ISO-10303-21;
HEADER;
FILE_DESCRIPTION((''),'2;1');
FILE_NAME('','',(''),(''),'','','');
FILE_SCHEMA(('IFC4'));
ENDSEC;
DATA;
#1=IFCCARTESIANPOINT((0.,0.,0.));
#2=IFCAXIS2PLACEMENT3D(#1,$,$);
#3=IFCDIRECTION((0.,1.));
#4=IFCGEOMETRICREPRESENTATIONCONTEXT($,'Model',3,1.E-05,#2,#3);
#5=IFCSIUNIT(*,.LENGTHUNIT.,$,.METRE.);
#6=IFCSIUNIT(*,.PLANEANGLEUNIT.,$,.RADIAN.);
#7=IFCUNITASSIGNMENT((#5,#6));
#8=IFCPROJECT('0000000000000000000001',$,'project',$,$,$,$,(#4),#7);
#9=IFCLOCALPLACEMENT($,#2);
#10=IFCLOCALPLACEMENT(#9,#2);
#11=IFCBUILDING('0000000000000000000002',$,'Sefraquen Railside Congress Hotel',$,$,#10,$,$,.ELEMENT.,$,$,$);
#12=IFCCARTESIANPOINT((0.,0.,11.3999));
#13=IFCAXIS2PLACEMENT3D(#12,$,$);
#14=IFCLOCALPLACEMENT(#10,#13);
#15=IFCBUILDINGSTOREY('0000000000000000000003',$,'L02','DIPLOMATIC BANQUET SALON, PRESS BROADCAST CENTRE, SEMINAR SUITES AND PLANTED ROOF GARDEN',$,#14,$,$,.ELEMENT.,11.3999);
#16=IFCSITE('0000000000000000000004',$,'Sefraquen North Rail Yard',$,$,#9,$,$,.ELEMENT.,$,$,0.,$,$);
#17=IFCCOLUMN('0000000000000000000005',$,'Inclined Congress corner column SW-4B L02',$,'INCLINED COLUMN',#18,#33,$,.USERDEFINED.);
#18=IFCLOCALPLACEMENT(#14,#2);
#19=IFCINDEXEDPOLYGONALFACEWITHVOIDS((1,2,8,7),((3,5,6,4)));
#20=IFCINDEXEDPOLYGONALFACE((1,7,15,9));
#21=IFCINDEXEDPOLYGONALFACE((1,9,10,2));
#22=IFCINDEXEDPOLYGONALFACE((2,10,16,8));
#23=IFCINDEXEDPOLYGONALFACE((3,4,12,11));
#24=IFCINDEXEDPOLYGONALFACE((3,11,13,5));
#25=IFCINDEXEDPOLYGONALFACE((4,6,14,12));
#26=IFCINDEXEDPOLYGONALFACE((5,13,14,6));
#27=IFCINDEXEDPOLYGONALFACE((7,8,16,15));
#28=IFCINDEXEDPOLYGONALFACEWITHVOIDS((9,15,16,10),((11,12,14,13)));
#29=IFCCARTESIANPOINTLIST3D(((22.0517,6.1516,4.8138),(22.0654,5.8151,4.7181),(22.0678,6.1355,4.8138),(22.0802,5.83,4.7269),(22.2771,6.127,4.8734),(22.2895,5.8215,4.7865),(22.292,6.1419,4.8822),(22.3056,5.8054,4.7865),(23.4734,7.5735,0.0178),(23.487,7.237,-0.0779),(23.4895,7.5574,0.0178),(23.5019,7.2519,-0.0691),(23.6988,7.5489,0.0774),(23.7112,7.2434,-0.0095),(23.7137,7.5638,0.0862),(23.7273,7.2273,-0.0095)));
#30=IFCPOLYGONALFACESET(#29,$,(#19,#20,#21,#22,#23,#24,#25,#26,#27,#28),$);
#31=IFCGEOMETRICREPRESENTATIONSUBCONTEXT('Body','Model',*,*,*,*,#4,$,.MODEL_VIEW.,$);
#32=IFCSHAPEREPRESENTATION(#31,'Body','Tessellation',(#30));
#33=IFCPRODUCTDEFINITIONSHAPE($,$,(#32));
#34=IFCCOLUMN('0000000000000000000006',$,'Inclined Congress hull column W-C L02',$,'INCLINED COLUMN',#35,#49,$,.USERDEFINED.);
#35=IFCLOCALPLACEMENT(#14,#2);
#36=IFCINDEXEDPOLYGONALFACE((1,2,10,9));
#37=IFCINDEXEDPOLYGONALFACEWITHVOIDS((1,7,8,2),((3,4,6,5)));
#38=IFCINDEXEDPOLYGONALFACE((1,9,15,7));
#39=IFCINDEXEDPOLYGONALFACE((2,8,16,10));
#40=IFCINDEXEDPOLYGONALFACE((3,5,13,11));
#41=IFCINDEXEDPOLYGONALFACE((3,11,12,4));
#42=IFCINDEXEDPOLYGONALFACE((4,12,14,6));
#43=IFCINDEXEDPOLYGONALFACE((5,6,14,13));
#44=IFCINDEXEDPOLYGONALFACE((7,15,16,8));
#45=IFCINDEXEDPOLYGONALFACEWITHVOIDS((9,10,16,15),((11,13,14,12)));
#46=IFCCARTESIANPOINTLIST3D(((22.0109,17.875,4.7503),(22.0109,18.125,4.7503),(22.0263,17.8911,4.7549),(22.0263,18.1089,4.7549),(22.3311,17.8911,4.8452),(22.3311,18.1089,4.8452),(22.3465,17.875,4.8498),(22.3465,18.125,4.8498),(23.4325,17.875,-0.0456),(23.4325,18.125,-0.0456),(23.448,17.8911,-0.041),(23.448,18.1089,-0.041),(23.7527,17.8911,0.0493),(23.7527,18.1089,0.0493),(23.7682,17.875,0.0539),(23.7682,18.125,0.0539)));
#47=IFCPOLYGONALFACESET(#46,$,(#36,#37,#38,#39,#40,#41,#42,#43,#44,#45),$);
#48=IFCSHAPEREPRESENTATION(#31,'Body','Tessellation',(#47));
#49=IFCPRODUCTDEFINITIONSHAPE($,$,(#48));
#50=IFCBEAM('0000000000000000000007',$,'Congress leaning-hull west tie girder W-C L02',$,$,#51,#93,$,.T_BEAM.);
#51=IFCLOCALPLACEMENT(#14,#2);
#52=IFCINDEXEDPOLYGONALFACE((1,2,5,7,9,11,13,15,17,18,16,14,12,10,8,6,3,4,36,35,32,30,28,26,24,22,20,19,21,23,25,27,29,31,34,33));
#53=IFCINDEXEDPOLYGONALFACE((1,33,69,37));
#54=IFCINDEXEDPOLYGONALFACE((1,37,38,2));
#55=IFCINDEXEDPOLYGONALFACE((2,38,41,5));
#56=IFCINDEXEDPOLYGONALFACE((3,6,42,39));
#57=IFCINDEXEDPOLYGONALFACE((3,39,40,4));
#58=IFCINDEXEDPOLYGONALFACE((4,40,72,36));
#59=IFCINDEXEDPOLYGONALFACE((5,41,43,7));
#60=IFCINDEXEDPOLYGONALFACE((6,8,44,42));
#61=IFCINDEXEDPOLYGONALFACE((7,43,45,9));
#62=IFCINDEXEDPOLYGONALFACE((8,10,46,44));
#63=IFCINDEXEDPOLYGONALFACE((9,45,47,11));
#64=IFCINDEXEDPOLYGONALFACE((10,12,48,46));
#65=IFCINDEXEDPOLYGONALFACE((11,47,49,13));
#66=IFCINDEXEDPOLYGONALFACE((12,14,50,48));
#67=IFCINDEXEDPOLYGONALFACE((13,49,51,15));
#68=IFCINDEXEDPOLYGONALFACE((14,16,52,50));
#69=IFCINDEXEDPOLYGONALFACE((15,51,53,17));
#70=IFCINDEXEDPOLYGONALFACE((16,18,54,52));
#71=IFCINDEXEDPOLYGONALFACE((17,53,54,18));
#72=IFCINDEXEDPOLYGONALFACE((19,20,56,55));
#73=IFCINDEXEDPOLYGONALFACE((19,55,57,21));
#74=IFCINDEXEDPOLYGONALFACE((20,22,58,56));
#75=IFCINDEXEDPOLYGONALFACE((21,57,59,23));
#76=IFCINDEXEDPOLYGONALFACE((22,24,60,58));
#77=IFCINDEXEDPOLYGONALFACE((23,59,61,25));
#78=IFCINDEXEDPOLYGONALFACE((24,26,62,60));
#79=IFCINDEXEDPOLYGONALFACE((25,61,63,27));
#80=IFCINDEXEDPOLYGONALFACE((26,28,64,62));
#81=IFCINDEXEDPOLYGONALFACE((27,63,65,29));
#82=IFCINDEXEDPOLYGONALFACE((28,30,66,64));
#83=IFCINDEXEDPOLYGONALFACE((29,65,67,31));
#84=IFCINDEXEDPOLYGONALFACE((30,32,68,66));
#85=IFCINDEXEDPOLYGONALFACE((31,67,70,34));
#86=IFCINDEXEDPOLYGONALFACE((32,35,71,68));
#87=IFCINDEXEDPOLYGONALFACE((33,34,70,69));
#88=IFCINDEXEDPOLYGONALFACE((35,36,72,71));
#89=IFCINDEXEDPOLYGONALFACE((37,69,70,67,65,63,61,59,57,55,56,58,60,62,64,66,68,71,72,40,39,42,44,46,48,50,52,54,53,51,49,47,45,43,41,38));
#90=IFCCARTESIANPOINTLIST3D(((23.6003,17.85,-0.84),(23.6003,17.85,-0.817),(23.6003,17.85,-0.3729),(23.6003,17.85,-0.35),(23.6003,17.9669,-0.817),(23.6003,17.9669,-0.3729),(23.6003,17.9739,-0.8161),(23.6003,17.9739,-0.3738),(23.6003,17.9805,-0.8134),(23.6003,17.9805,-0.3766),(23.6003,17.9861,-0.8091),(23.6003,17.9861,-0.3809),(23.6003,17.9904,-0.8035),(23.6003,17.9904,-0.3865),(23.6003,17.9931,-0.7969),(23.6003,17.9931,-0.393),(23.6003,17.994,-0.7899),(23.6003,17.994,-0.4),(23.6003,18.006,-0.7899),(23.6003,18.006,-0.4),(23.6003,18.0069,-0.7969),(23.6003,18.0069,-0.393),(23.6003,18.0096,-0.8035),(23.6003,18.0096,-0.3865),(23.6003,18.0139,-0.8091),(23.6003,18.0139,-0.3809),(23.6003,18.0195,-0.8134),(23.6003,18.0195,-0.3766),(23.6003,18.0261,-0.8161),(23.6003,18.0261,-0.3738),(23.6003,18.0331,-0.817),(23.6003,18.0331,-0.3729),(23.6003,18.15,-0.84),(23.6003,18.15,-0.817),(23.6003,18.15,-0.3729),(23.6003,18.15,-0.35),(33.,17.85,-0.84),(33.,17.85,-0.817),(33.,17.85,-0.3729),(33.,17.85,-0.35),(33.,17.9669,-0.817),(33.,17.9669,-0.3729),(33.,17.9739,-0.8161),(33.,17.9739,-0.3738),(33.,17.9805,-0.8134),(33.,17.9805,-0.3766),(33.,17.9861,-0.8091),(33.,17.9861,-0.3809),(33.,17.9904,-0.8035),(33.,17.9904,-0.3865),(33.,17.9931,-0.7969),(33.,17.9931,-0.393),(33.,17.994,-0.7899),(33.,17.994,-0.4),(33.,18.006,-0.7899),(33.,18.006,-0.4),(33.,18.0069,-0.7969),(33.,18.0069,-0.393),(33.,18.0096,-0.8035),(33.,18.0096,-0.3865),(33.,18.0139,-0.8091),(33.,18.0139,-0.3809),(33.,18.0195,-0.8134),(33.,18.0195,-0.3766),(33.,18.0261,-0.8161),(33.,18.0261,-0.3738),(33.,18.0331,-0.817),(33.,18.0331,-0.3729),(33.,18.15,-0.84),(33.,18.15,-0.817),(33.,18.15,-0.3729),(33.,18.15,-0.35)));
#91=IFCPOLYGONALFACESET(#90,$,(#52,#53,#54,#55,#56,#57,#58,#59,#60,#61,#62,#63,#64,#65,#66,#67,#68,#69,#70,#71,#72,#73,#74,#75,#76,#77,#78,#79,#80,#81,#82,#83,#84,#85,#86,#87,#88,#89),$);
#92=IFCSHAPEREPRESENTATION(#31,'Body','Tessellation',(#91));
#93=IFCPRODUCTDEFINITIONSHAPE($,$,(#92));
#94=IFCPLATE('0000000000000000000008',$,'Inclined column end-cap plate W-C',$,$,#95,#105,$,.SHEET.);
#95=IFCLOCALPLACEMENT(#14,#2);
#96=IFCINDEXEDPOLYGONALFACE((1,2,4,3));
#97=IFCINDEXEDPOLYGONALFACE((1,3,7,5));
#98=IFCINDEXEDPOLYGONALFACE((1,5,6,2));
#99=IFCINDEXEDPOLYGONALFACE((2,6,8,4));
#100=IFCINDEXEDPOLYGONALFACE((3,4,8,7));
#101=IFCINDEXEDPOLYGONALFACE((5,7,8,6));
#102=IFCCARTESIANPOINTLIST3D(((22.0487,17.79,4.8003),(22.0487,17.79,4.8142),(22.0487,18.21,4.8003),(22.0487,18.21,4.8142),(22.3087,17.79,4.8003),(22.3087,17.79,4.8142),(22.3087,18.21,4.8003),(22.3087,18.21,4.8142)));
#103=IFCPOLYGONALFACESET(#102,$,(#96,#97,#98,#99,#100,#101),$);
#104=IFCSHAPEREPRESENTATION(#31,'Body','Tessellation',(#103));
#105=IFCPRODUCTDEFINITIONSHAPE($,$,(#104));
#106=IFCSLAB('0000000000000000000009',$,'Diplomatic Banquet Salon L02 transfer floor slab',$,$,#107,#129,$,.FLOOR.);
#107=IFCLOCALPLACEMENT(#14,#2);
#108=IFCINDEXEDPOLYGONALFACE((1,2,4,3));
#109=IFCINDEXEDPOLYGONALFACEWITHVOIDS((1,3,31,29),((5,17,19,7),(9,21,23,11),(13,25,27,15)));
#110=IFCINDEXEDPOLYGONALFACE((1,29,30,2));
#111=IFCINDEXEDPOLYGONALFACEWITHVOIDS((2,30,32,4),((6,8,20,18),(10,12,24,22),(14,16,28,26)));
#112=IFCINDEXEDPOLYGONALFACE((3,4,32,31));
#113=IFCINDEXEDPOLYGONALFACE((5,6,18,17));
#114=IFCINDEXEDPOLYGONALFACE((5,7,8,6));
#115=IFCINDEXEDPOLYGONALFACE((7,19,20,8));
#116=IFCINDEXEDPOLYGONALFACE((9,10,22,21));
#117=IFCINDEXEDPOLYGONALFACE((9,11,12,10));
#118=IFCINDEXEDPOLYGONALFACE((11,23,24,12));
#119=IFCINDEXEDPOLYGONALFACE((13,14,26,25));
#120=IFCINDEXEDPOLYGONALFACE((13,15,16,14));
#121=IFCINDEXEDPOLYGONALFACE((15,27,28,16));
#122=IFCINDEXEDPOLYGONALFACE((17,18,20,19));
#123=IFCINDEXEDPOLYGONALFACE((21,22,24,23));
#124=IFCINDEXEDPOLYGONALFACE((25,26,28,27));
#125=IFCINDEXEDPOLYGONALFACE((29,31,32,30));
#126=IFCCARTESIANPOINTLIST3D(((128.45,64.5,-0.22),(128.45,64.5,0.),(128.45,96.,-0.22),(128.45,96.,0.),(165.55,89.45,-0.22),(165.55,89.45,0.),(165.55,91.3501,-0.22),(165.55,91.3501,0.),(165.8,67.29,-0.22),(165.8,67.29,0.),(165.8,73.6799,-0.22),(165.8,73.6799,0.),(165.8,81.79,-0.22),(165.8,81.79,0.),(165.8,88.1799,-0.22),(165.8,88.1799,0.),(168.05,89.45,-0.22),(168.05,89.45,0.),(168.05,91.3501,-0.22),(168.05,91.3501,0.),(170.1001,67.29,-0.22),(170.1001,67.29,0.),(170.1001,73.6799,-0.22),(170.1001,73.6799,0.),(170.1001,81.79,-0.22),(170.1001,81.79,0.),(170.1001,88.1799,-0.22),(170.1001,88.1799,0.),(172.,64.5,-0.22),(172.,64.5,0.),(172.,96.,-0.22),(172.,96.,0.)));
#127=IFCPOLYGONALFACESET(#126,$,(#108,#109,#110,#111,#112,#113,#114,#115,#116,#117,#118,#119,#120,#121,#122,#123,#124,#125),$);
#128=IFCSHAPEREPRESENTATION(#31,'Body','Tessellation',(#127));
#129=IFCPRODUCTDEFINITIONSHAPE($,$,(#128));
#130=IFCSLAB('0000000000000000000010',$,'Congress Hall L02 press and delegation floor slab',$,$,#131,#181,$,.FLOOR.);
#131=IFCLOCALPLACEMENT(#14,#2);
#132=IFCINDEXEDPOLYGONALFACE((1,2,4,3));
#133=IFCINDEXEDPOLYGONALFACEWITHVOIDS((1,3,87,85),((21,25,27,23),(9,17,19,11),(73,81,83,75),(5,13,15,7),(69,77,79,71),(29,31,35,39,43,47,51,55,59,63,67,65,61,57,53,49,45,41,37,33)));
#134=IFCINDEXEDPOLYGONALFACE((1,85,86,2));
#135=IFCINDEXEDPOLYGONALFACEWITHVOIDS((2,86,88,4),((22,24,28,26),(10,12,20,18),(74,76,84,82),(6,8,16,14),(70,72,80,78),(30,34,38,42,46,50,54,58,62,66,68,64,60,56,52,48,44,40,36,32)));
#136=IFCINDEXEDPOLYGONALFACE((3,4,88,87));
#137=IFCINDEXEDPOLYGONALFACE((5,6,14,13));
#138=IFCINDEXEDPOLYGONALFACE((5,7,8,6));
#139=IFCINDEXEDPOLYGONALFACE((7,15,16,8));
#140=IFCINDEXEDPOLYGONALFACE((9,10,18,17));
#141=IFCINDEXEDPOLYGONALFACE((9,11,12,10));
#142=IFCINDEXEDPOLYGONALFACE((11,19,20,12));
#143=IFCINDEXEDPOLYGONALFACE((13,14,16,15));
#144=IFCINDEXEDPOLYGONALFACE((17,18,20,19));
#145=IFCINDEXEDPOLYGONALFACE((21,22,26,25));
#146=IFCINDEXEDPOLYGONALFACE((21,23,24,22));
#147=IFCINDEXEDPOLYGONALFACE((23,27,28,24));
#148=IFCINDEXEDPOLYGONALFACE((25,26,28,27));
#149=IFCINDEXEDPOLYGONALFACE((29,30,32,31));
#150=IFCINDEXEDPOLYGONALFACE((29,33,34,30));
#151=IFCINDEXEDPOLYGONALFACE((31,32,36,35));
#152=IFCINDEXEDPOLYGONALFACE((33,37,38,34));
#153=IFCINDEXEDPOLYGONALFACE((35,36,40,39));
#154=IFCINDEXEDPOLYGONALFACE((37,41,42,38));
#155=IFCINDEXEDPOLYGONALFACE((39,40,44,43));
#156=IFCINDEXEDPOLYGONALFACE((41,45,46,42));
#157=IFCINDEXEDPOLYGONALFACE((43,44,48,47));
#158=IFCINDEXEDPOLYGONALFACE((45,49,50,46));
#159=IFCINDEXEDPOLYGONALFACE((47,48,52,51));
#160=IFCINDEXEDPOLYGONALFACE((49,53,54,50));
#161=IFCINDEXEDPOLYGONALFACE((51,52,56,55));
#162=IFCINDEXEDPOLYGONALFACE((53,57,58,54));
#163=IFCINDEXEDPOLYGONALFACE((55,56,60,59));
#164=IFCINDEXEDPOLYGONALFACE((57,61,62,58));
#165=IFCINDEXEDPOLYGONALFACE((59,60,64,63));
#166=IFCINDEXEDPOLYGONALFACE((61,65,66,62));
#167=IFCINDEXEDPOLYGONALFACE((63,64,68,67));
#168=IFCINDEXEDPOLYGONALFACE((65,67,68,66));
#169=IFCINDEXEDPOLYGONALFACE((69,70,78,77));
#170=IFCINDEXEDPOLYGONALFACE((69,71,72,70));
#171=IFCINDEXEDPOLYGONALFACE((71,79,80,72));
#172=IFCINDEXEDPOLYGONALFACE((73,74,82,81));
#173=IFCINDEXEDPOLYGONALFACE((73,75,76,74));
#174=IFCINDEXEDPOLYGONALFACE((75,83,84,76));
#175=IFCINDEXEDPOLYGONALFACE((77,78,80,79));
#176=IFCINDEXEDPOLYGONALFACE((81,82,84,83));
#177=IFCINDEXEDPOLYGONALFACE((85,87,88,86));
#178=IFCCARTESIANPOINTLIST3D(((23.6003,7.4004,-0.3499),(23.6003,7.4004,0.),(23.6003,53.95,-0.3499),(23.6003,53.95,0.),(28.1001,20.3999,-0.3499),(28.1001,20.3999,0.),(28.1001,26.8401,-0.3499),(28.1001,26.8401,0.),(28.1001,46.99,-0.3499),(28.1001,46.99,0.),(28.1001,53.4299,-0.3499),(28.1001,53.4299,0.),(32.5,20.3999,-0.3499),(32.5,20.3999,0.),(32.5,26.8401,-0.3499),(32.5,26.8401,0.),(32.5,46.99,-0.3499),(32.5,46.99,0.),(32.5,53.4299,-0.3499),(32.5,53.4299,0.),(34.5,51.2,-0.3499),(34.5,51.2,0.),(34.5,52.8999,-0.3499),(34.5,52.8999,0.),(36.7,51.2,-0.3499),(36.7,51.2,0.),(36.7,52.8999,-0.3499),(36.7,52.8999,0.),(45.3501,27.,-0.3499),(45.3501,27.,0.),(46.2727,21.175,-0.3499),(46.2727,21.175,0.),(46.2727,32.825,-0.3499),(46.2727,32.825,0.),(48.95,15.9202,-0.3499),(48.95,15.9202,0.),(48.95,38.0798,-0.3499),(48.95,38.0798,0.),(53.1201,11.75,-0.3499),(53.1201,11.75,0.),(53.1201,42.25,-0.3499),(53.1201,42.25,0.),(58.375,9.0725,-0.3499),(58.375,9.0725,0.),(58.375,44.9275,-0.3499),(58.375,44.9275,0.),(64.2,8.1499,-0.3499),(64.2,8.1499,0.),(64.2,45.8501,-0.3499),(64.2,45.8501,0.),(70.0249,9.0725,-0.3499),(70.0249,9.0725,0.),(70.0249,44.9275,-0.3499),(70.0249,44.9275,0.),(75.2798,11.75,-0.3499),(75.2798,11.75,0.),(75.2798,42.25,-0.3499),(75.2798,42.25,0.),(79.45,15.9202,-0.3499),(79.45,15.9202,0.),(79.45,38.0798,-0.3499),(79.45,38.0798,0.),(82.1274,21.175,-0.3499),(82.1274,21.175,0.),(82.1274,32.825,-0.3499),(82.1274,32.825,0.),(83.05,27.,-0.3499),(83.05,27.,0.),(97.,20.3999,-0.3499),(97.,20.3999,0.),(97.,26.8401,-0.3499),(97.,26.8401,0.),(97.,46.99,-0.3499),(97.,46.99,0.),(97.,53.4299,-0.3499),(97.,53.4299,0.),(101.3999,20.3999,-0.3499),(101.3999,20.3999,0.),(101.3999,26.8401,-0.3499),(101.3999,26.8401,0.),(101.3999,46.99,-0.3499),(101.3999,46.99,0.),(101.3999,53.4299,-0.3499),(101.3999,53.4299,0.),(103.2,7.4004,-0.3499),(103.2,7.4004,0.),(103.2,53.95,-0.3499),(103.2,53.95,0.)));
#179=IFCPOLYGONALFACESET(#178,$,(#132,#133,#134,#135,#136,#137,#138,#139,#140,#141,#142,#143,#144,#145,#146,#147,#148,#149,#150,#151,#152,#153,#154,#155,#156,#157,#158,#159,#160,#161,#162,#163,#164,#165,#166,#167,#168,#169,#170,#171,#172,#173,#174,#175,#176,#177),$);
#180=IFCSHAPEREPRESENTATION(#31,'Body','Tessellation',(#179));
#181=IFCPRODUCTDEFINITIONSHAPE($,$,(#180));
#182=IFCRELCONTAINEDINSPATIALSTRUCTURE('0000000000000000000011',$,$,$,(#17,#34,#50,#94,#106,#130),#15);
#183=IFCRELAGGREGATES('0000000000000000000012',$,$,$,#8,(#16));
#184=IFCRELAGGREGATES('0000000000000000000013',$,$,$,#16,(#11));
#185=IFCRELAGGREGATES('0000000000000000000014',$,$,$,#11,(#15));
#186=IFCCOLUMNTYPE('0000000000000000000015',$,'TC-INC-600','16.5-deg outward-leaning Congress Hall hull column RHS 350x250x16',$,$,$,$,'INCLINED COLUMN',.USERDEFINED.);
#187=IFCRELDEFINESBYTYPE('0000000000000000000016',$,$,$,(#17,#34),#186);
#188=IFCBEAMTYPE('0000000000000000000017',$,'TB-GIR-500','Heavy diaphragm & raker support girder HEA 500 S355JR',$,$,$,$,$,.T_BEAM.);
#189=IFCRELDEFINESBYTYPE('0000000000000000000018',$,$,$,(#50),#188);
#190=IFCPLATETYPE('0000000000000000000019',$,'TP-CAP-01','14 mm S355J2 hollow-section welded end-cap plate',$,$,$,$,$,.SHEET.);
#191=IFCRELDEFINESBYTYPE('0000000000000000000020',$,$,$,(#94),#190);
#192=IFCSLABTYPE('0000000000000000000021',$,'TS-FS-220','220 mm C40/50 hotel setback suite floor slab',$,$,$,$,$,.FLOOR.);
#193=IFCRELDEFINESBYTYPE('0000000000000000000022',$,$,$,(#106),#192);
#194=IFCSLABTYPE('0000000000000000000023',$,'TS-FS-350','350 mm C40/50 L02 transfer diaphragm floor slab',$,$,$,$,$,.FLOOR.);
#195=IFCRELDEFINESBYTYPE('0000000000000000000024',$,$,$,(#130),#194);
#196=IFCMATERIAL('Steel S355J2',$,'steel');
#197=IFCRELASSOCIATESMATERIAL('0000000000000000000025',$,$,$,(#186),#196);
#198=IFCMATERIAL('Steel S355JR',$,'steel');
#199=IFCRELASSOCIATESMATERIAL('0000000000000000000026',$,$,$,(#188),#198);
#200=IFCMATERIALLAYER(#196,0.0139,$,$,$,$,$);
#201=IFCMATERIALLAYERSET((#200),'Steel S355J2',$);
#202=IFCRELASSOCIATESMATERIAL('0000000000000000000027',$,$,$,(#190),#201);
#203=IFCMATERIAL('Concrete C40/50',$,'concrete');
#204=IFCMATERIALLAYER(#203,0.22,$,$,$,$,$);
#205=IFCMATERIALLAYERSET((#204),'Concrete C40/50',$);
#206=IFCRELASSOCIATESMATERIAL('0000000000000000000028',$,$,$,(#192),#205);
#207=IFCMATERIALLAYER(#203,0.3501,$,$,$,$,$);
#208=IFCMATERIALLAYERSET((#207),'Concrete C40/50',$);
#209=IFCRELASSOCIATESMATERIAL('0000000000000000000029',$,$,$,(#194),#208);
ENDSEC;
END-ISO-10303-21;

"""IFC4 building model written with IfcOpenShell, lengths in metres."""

from ifc_helpers import new_model, si_unit, direction, frame, origin, origin_2d, place, context, subcontext, project, spatial, polyline, rectangle, hollow_rectangle, i_section, outline, extrude, material, layer, layer_set, material_profile, profile_set, type_object, element, save


model = new_model("IFC4")

# Units and contexts
model_context = context("Model", 3, precision=1e-05, world=origin(), true_north=direction((0.0, 1.0)))
body_context = subcontext(model_context, "Body", "Model", "MODEL_VIEW")
ifc_project = project(units=[si_unit("LENGTHUNIT", "METRE"), si_unit("PLANEANGLEUNIT", "RADIAN")], contexts=[model_context])

# Site, building, storey
site_placement = place(None, origin())
site = spatial("IfcSite", under=ifc_project, at=site_placement, Name="Sefraquen North Rail Yard", CompositionType="ELEMENT", RefElevation=0.0)
building_placement = place(site_placement, origin())
building = spatial("IfcBuilding", under=site, at=building_placement, Name="Sefraquen Railside Congress Hotel", CompositionType="ELEMENT")
storey_placement = place(building_placement, frame((0.0, 0.0, 11.3999)))
storey = spatial("IfcBuildingStorey", under=building, at=storey_placement, Name="L02", Description="DIPLOMATIC BANQUET SALON, PRESS BROADCAST CENTRE, SEMINAR SUITES AND PLANTED ROOF GARDEN", CompositionType="ELEMENT", Elevation=11.3999)

# Columns
ifc_material_1 = material(Name="Steel S355J2", Category="steel")
ifc_material_profile_1 = material_profile(ifc_material_1, hollow_rectangle(XDim=0.25, YDim=0.3501, WallThickness=0.0161, at=origin_2d()), Name="RHS 350x250x16")
ifc_profile_set_1 = profile_set([ifc_material_profile_1], Name="Steel S355J2")
column_type = type_object("IfcColumnType", Name="TC-INC-600", Description="16.5-deg outward-leaning Congress Hall hull column RHS 350x250x16", ElementType="INCLINED COLUMN", PredefinedType="USERDEFINED", material=ifc_profile_set_1)
column_1_placement = place(storey_placement, frame((23.6003, 7.4004, 0.0042), z_axis=(-0.273373, -0.27342, 0.92223), x_axis=(0.961118, -0.038802, 0.273397)))
element("IfcColumn", 1, at=column_1_placement, inside=storey, type_object=column_type, Name="Inclined Congress corner column SW-4B L02", ObjectType="INCLINED COLUMN", PredefinedType="USERDEFINED", context=body_context, shape_type="SweptSolid", body=[
    extrude(hollow_rectangle(XDim=0.25, YDim=0.3501, WallThickness=0.0161, at=origin_2d()), origin(), (0.0, 0.0, 1.0), 5.2004),
])
column_2_placement = place(storey_placement, frame((23.6003, 18.0, 0.0042), z_axis=(-0.284203, 0.0, 0.958764), x_axis=(0.0, -1.0, 0.0)))
element("IfcColumn", 2, at=column_2_placement, inside=storey, type_object=column_type, Name="Inclined Congress hull column W-C L02", ObjectType="INCLINED COLUMN", PredefinedType="USERDEFINED", context=body_context, shape_type="SweptSolid", body=[
    extrude(hollow_rectangle(XDim=0.25, YDim=0.3501, WallThickness=0.0161, at=origin_2d()), origin(), (0.0, 0.0, 1.0), 5.0022),
])

# Beam
ifc_material_2 = material(Name="Steel S355JR", Category="steel")
ifc_material_profile_2 = material_profile(ifc_material_2, i_section(OverallWidth=0.3, OverallDepth=0.49, WebThickness=0.012, FlangeThickness=0.0229, FilletRadius=0.0271, at=origin_2d()), Name="HEA 500")
ifc_profile_set_2 = profile_set([ifc_material_profile_2], Name="Steel S355JR")
beam_type = type_object("IfcBeamType", Name="TB-GIR-500", Description="Heavy diaphragm & raker support girder HEA 500 S355JR", PredefinedType="T_BEAM", material=ifc_profile_set_2)
beam_placement = place(storey_placement, frame((23.6003, 18.0, -0.595), z_axis=(1.0, 0.0, 0.0), x_axis=(0.0, 1.0, 0.0)))
element("IfcBeam", 3, at=beam_placement, inside=storey, type_object=beam_type, Name="Congress leaning-hull west tie girder W-C L02", PredefinedType="T_BEAM", context=body_context, shape_type="SweptSolid", body=[
    extrude(i_section(OverallWidth=0.3, OverallDepth=0.49, WebThickness=0.012, FlangeThickness=0.0229, FilletRadius=0.0271, at=origin_2d()), origin(), (0.0, 0.0, 1.0), 9.3997),
])

# Plate
ifc_layer_1 = layer(ifc_material_1, 0.0139)
ifc_layer_set_1 = layer_set([ifc_layer_1], Name="Steel S355J2")
plate_type = type_object("IfcPlateType", Name="TP-CAP-01", Description="14 mm S355J2 hollow-section welded end-cap plate", PredefinedType="SHEET", material=ifc_layer_set_1)
plate_placement = place(storey_placement, frame((22.1787, 18.0, 4.8003), z_axis=(0.0, 0.0, 1.0), x_axis=(1.0, 0.0, 0.0)))
element("IfcPlate", 4, at=plate_placement, inside=storey, type_object=plate_type, Name="Inclined column end-cap plate W-C", PredefinedType="SHEET", context=body_context, shape_type="SweptSolid", body=[
    extrude(rectangle(XDim=0.26, YDim=0.4199, at=origin_2d()), origin(), (0.0, 0.0, 1.0), 0.0139),
])

# Slabs
ifc_material_3 = material(Name="Concrete C40/50", Category="concrete")
ifc_layer_2 = layer(ifc_material_3, 0.22)
ifc_layer_set_2 = layer_set([ifc_layer_2], Name="Concrete C40/50")
slab_type_1 = type_object("IfcSlabType", Name="TS-FS-220", Description="220 mm C40/50 hotel setback suite floor slab", PredefinedType="FLOOR", material=ifc_layer_set_2)
slab_1_placement = place(storey_placement, frame((0.0, 0.0, -0.22)))
element("IfcSlab", 5, at=slab_1_placement, inside=storey, type_object=slab_type_1, Name="Diplomatic Banquet Salon L02 transfer floor slab", PredefinedType="FLOOR", context=body_context, shape_type="SweptSolid", body=[
    extrude(outline(polyline([(128.45, 64.5), (172.0, 64.5), (172.0, 96.0), (128.45, 96.0), (128.45, 64.5)]), holes=[polyline([(165.8, 81.79), (170.1001, 81.79), (170.1001, 88.1799), (165.8, 88.1799), (165.8, 81.79)]), polyline([(165.8, 67.29), (170.1001, 67.29), (170.1001, 73.6799), (165.8, 73.6799), (165.8, 67.29)]), polyline([(165.55, 89.45), (168.05, 89.45), (168.05, 91.3501), (165.55, 91.3501), (165.55, 89.45)])]), origin(), (0.0, 0.0, 1.0), 0.22),
])
ifc_layer_3 = layer(ifc_material_3, 0.3501)
ifc_layer_set_3 = layer_set([ifc_layer_3], Name="Concrete C40/50")
slab_type_2 = type_object("IfcSlabType", Name="TS-FS-350", Description="350 mm C40/50 L02 transfer diaphragm floor slab", PredefinedType="FLOOR", material=ifc_layer_set_3)
slab_2_placement = place(storey_placement, frame((0.0, 0.0, -0.3499)))
element("IfcSlab", 6, at=slab_2_placement, inside=storey, type_object=slab_type_2, Name="Congress Hall L02 press and delegation floor slab", PredefinedType="FLOOR", context=body_context, shape_type="SweptSolid", body=[
    extrude(outline(polyline([(23.6003, 7.4004), (103.2, 7.4004), (103.2, 53.95), (23.6003, 53.95), (23.6003, 7.4004)]), holes=[polyline([(28.1001, 20.3999), (32.5, 20.3999), (32.5, 26.8401), (28.1001, 26.8401), (28.1001, 20.3999)]), polyline([(28.1001, 46.99), (32.5, 46.99), (32.5, 53.4299), (28.1001, 53.4299), (28.1001, 46.99)]), polyline([(97.0, 20.3999), (101.3999, 20.3999), (101.3999, 26.8401), (97.0, 26.8401), (97.0, 20.3999)]), polyline([(97.0, 46.99), (101.3999, 46.99), (101.3999, 53.4299), (97.0, 53.4299), (97.0, 46.99)]), polyline([(34.5, 51.2), (36.7, 51.2), (36.7, 52.8999), (34.5, 52.8999), (34.5, 51.2)]), polyline([(83.05, 27.0), (82.1274, 32.825), (79.45, 38.0798), (75.2798, 42.25), (70.0249, 44.9275), (64.2, 45.8501), (58.375, 44.9275), (53.1201, 42.25), (48.95, 38.0798), (46.2727, 32.825), (45.3501, 27.0), (46.2727, 21.175), (48.95, 15.9202), (53.1201, 11.75), (58.375, 9.0725), (64.2, 8.1499), (70.0249, 9.0725), (75.2798, 11.75), (79.45, 15.9202), (82.1274, 21.175), (83.05, 27.0)])]), origin(), (0.0, 0.0, 1.0), 0.3499),
])

save(model, "model.ifc")
